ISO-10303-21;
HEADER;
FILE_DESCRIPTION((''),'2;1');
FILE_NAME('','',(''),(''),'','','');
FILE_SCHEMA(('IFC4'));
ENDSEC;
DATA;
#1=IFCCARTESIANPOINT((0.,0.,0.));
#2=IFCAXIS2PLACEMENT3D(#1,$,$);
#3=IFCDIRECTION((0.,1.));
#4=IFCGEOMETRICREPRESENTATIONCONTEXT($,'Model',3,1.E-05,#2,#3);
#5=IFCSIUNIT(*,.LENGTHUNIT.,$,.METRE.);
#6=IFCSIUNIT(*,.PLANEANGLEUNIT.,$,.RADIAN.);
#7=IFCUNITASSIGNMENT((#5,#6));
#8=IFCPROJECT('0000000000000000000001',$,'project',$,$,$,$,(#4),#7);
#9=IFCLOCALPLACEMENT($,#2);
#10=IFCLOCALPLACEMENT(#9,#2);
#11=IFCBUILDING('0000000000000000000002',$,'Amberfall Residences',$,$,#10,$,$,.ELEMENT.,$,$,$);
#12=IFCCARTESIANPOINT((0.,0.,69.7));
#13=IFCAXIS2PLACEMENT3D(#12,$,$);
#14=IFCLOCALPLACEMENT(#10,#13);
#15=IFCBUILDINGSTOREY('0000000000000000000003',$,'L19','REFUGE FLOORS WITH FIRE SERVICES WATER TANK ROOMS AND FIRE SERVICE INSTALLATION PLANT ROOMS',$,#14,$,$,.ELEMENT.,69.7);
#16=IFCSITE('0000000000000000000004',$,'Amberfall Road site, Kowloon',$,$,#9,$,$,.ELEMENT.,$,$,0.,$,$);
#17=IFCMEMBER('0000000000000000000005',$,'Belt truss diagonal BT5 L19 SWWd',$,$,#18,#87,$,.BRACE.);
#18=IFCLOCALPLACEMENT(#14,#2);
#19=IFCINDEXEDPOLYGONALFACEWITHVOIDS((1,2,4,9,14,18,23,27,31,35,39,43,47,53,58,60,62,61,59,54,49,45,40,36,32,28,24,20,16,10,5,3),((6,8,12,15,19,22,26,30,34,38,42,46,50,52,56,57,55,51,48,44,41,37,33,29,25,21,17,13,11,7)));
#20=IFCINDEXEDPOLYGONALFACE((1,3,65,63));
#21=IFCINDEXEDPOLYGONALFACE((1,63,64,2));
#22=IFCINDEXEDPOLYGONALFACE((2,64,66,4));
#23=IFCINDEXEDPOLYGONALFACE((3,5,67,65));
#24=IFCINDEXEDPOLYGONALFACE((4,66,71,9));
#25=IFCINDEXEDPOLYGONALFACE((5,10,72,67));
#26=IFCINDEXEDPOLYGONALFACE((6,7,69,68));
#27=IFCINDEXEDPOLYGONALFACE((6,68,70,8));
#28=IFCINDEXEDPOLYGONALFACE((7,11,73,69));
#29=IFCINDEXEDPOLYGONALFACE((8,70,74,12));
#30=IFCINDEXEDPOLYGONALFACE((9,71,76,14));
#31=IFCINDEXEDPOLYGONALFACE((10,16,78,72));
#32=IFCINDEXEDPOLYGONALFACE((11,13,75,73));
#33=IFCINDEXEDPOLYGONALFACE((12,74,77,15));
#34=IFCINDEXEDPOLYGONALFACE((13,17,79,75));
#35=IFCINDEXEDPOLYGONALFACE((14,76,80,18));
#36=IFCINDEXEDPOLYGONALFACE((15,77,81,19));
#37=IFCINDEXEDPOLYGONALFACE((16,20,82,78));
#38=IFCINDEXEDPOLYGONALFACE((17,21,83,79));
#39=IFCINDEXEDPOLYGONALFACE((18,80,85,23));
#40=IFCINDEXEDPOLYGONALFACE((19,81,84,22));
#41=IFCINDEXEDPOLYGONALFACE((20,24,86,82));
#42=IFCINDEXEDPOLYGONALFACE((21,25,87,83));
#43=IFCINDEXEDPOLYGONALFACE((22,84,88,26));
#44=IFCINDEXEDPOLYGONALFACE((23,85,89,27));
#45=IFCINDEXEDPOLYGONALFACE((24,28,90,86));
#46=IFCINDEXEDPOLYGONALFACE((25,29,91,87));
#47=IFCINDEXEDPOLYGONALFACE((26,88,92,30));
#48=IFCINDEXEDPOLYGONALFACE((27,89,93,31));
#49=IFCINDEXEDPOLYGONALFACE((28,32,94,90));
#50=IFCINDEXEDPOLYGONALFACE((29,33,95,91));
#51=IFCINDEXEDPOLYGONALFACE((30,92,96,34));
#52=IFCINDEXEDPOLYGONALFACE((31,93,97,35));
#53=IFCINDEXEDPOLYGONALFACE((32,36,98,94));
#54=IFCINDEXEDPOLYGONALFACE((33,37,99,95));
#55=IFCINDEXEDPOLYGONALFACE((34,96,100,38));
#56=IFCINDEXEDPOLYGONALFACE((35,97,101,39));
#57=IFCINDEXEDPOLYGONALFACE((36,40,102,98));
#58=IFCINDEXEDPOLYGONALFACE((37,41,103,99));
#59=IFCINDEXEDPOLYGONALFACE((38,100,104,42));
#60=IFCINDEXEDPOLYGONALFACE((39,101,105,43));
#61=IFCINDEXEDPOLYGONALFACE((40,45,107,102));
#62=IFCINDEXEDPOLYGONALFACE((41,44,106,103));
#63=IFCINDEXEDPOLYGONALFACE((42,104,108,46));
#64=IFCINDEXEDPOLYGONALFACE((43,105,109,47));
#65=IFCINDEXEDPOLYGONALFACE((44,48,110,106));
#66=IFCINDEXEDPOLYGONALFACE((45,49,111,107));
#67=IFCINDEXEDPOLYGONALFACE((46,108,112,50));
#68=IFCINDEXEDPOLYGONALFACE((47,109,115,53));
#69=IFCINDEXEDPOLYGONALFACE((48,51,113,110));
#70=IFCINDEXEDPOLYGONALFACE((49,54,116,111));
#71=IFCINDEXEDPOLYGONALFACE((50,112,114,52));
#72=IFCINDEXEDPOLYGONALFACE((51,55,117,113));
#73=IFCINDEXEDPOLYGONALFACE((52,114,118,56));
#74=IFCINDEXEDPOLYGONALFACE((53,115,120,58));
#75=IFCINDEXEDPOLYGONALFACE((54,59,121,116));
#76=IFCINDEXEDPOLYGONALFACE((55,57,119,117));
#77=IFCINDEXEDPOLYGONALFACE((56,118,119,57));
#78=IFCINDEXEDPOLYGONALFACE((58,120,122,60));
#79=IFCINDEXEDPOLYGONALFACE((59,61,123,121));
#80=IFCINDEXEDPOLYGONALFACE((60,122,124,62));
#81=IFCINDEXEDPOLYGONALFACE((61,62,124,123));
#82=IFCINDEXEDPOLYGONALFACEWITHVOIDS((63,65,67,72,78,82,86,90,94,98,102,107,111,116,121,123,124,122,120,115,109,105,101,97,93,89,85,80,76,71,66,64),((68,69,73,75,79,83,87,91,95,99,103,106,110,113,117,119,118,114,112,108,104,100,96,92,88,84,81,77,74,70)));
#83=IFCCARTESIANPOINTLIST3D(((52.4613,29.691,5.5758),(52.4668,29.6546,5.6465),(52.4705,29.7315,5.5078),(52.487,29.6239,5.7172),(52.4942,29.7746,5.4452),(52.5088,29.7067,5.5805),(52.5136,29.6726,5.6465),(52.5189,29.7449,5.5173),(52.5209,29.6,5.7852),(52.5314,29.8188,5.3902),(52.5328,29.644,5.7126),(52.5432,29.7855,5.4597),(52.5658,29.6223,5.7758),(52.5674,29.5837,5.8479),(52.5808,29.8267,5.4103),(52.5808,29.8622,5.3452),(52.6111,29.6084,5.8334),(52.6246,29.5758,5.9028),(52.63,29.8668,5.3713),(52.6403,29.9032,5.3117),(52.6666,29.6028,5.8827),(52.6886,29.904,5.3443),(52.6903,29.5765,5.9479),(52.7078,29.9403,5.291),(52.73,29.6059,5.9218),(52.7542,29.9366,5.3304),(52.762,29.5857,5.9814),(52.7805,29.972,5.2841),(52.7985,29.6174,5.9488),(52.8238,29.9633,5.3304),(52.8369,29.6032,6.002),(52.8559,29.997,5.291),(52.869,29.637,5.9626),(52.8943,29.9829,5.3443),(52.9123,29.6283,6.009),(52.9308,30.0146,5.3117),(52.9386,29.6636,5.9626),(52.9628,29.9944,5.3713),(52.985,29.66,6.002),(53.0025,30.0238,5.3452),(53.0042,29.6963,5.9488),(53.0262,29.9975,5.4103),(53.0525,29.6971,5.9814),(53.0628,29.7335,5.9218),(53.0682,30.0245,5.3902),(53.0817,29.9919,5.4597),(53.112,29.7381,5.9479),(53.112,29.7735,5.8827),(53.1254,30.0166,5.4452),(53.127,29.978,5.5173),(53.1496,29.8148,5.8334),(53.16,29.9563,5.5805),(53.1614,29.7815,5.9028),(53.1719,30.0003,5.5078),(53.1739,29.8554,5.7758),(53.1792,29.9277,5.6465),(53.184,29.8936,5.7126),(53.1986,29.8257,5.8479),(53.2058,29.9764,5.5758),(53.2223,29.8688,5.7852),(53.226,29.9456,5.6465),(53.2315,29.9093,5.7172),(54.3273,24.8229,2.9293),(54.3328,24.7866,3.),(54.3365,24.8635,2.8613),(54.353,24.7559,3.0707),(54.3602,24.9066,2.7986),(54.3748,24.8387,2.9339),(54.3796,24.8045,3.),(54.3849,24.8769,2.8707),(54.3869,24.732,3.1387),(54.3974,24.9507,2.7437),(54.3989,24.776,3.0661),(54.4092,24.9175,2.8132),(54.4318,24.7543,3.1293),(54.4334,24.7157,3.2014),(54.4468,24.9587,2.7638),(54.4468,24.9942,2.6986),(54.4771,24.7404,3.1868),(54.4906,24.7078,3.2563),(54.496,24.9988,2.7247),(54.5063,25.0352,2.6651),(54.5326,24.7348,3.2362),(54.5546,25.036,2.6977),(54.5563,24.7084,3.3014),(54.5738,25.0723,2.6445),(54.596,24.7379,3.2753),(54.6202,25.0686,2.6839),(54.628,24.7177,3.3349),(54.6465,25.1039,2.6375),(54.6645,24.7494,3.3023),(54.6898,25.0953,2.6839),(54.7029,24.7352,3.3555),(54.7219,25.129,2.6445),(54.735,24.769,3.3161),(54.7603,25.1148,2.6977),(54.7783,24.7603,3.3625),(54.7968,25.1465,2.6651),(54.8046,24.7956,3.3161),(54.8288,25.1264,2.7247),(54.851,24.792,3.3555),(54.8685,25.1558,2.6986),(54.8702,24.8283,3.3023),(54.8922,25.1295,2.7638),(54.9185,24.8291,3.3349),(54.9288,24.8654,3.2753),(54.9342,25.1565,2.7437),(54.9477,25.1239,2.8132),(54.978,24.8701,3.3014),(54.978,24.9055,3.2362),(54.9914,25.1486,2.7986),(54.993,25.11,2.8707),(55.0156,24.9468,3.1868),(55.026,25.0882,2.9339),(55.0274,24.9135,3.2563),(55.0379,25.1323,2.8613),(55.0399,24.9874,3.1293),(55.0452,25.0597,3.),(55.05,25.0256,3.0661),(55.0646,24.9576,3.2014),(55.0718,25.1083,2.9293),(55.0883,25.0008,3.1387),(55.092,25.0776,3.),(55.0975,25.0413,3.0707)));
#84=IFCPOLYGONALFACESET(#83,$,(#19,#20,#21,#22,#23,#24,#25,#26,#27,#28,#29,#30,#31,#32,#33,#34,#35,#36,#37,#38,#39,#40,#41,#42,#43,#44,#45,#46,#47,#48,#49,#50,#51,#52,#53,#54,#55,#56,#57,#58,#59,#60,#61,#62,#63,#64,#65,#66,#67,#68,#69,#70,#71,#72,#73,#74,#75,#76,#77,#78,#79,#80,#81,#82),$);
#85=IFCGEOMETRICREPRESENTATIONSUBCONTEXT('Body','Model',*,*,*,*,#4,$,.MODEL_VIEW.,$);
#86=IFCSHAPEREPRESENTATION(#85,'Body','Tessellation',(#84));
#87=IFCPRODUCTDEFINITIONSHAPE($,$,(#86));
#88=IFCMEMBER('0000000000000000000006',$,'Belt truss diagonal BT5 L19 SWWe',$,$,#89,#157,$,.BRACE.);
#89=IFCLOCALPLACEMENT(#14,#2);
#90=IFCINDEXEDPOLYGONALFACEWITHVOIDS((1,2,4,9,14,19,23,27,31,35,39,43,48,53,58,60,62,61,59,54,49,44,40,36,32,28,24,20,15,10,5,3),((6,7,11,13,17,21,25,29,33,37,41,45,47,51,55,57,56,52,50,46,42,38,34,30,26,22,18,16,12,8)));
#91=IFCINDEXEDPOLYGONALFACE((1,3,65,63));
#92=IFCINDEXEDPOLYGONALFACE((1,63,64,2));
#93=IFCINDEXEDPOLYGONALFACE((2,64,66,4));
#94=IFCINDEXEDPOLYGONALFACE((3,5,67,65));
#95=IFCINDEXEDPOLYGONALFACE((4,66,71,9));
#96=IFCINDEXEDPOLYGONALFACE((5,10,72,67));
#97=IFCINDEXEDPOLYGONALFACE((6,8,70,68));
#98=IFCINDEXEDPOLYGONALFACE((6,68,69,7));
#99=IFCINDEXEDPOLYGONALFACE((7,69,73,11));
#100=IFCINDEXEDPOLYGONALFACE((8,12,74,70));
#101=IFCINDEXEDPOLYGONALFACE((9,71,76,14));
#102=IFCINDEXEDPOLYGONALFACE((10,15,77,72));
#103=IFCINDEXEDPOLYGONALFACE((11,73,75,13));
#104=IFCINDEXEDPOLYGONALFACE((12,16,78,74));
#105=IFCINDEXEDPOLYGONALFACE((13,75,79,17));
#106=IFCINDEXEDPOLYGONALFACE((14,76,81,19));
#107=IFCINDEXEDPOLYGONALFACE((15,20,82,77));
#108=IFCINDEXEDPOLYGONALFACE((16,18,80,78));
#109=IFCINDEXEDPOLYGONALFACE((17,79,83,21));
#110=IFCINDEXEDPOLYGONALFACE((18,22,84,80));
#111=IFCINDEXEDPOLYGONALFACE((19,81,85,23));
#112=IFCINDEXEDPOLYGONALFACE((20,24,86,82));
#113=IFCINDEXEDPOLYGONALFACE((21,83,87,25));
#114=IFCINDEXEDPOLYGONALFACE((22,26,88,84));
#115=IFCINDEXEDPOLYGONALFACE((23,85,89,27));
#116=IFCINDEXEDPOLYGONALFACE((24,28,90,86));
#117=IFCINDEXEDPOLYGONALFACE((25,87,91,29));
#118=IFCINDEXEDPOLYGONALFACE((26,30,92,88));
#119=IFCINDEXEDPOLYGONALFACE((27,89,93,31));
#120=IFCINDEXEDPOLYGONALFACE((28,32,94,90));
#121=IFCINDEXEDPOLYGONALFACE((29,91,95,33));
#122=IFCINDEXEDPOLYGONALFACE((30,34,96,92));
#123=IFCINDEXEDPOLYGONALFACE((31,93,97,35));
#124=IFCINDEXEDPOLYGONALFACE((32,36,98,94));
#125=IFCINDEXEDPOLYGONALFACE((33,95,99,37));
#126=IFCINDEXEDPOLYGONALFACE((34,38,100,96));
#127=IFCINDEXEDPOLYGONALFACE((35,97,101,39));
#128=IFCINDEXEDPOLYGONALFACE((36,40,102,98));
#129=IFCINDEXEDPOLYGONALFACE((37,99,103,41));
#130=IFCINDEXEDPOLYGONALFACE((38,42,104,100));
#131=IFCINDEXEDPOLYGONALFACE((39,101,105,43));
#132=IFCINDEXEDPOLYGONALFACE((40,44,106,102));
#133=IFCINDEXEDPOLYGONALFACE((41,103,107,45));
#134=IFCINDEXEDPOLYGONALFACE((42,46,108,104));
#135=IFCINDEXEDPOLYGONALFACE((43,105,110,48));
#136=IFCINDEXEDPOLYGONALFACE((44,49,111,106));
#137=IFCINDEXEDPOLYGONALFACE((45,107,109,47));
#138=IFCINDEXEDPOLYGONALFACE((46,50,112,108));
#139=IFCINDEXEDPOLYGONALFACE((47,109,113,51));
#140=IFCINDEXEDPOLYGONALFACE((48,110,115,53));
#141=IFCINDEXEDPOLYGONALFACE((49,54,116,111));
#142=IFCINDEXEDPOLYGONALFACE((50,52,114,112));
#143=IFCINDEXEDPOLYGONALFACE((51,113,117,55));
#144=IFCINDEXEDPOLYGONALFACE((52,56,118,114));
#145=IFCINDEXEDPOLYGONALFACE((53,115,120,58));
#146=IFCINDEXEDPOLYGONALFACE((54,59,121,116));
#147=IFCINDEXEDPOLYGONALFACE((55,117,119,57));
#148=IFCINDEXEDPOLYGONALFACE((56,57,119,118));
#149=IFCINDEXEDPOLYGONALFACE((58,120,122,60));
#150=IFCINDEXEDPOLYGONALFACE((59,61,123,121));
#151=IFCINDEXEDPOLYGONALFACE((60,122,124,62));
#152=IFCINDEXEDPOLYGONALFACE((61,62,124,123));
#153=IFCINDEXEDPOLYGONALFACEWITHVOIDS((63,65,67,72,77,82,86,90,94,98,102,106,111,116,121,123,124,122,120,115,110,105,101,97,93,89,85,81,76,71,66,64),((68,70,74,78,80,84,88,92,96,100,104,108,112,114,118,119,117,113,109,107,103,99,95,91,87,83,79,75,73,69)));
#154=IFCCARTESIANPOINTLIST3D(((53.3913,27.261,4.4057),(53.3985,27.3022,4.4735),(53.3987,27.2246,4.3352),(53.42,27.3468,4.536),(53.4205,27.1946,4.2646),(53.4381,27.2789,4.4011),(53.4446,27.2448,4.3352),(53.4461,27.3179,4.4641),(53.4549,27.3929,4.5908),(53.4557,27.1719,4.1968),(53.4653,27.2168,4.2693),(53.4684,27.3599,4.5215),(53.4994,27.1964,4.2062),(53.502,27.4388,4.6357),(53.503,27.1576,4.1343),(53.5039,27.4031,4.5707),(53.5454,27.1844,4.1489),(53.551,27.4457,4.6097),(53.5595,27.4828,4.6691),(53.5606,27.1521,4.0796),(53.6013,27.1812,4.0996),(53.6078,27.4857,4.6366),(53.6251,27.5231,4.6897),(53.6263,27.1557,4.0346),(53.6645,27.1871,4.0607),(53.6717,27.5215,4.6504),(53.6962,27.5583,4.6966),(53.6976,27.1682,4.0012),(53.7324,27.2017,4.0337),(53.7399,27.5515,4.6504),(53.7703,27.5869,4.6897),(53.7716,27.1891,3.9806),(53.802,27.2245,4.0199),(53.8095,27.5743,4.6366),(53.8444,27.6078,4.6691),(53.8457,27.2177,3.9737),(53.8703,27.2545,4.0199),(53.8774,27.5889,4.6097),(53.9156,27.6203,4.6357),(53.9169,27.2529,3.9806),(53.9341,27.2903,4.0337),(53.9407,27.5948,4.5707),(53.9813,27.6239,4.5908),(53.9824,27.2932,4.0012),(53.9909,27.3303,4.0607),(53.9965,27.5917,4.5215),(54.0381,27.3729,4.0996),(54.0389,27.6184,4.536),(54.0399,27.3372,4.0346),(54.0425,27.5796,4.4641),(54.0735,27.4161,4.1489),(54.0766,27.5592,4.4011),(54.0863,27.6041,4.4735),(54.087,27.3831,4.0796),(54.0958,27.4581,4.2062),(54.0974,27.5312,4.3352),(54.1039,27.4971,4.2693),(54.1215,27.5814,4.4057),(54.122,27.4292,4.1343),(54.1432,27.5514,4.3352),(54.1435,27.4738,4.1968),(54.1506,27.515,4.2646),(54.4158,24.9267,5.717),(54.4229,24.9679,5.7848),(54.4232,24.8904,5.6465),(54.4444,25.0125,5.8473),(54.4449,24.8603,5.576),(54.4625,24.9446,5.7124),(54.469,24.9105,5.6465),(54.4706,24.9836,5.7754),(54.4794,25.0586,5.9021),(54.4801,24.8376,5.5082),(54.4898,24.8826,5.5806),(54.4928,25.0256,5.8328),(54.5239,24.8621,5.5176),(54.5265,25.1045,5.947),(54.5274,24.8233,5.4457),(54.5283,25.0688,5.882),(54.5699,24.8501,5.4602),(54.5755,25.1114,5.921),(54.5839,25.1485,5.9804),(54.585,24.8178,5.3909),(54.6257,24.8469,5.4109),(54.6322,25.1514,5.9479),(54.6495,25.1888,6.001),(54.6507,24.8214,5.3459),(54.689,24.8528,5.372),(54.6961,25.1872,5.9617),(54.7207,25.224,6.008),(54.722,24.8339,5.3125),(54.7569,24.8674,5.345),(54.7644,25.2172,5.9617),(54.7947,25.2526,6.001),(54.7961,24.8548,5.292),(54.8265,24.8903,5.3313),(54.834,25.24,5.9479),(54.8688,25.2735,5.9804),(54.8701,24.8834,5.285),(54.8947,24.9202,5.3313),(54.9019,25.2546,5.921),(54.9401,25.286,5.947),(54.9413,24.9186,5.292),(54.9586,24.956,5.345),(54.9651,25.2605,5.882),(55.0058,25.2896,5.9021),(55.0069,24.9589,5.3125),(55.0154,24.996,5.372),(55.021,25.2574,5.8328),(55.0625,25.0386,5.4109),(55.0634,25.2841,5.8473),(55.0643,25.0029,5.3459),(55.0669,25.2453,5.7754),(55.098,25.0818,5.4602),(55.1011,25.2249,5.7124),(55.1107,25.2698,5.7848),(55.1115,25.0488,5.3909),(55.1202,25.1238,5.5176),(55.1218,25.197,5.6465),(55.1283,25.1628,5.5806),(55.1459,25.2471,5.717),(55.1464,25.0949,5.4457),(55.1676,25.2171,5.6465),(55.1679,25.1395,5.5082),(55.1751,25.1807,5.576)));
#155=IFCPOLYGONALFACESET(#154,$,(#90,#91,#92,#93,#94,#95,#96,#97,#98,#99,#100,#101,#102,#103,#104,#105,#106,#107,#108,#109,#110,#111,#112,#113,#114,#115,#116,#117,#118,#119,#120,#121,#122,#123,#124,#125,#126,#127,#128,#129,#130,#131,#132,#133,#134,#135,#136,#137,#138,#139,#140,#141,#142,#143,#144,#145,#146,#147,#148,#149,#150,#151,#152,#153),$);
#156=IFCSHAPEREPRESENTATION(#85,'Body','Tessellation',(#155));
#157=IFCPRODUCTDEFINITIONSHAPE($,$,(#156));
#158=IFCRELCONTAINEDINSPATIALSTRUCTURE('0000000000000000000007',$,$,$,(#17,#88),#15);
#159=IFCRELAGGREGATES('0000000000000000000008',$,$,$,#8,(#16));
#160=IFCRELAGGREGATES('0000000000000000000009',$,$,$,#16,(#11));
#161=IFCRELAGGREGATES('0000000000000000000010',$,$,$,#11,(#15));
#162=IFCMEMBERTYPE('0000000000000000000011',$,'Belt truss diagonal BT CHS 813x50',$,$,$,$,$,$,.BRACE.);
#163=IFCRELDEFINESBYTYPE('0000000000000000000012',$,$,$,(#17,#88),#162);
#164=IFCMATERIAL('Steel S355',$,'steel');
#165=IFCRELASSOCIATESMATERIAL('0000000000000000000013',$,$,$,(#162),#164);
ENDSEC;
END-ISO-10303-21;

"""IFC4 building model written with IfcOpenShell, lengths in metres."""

from ifc_helpers import new_model, si_unit, direction, frame, origin, origin_2d, place, context, subcontext, project, spatial, hollow_circle, extrude, material, material_profile, profile_set, type_object, element, save


model = new_model("IFC4")

# Units and contexts
model_context = context("Model", 3, precision=1e-05, world=origin(), true_north=direction((0.0, 1.0)))
body_context = subcontext(model_context, "Body", "Model", "MODEL_VIEW")
ifc_project = project(units=[si_unit("LENGTHUNIT", "METRE"), si_unit("PLANEANGLEUNIT", "RADIAN")], contexts=[model_context])

# Site, building, storey
site_placement = place(None, origin())
site = spatial("IfcSite", under=ifc_project, at=site_placement, Name="Amberfall Road site, Kowloon", CompositionType="ELEMENT", RefElevation=0.0)
building_placement = place(site_placement, origin())
building = spatial("IfcBuilding", under=site, at=building_placement, Name="Amberfall Residences", CompositionType="ELEMENT")
storey_placement = place(building_placement, frame((0.0, 0.0, 69.7)))
storey = spatial("IfcBuildingStorey", under=building, at=storey_placement, Name="L19", Description="REFUGE FLOORS WITH FIRE SERVICES WATER TANK ROOMS AND FIRE SERVICE INSTALLATION PLANT ROOMS", CompositionType="ELEMENT", Elevation=69.7)

# Shared definitions
ifc_material_1 = material(Name="Steel S355", Category="steel")

# Members
ifc_material_profile_1 = material_profile(ifc_material_1, hollow_circle(Radius=0.4065, WallThickness=0.05, at=origin_2d()), Name="CHS 813x50")
ifc_profile_set_1 = profile_set([ifc_material_profile_1], Name="Steel S355")
member_type = type_object("IfcMemberType", Name="Belt truss diagonal BT CHS 813x50", PredefinedType="BRACE", material=ifc_profile_set_1)
member_1_placement = place(storey_placement, frame((54.7124, 24.9321, 3.0), z_axis=(-0.319156, 0.832612, 0.452656), x_axis=(-0.933751, -0.357924, 0.0)))
element("IfcMember", 1, at=member_1_placement, inside=storey, type_object=member_type, Name="Belt truss diagonal BT5 L19 SWWd", PredefinedType="BRACE", context=body_context, shape_type="SweptSolid", body=[
    extrude(hollow_circle(Radius=0.4065, WallThickness=0.05, at=origin_2d()), origin(), (0.0, 0.0, 1.0), 5.8467),
])
member_2_placement = place(storey_placement, frame((54.7954, 25.0537, 5.6465), z_axis=(-0.35736, 0.81428, -0.457431), x_axis=(-0.915697, -0.401869, 0.0)))
element("IfcMember", 2, at=member_2_placement, inside=storey, type_object=member_type, Name="Belt truss diagonal BT5 L19 SWWe", PredefinedType="BRACE", context=body_context, shape_type="SweptSolid", body=[
    extrude(hollow_circle(Radius=0.4065, WallThickness=0.05, at=origin_2d()), origin(), (0.0, 0.0, 1.0), 2.8667),
])

save(model, "model.ifc")
